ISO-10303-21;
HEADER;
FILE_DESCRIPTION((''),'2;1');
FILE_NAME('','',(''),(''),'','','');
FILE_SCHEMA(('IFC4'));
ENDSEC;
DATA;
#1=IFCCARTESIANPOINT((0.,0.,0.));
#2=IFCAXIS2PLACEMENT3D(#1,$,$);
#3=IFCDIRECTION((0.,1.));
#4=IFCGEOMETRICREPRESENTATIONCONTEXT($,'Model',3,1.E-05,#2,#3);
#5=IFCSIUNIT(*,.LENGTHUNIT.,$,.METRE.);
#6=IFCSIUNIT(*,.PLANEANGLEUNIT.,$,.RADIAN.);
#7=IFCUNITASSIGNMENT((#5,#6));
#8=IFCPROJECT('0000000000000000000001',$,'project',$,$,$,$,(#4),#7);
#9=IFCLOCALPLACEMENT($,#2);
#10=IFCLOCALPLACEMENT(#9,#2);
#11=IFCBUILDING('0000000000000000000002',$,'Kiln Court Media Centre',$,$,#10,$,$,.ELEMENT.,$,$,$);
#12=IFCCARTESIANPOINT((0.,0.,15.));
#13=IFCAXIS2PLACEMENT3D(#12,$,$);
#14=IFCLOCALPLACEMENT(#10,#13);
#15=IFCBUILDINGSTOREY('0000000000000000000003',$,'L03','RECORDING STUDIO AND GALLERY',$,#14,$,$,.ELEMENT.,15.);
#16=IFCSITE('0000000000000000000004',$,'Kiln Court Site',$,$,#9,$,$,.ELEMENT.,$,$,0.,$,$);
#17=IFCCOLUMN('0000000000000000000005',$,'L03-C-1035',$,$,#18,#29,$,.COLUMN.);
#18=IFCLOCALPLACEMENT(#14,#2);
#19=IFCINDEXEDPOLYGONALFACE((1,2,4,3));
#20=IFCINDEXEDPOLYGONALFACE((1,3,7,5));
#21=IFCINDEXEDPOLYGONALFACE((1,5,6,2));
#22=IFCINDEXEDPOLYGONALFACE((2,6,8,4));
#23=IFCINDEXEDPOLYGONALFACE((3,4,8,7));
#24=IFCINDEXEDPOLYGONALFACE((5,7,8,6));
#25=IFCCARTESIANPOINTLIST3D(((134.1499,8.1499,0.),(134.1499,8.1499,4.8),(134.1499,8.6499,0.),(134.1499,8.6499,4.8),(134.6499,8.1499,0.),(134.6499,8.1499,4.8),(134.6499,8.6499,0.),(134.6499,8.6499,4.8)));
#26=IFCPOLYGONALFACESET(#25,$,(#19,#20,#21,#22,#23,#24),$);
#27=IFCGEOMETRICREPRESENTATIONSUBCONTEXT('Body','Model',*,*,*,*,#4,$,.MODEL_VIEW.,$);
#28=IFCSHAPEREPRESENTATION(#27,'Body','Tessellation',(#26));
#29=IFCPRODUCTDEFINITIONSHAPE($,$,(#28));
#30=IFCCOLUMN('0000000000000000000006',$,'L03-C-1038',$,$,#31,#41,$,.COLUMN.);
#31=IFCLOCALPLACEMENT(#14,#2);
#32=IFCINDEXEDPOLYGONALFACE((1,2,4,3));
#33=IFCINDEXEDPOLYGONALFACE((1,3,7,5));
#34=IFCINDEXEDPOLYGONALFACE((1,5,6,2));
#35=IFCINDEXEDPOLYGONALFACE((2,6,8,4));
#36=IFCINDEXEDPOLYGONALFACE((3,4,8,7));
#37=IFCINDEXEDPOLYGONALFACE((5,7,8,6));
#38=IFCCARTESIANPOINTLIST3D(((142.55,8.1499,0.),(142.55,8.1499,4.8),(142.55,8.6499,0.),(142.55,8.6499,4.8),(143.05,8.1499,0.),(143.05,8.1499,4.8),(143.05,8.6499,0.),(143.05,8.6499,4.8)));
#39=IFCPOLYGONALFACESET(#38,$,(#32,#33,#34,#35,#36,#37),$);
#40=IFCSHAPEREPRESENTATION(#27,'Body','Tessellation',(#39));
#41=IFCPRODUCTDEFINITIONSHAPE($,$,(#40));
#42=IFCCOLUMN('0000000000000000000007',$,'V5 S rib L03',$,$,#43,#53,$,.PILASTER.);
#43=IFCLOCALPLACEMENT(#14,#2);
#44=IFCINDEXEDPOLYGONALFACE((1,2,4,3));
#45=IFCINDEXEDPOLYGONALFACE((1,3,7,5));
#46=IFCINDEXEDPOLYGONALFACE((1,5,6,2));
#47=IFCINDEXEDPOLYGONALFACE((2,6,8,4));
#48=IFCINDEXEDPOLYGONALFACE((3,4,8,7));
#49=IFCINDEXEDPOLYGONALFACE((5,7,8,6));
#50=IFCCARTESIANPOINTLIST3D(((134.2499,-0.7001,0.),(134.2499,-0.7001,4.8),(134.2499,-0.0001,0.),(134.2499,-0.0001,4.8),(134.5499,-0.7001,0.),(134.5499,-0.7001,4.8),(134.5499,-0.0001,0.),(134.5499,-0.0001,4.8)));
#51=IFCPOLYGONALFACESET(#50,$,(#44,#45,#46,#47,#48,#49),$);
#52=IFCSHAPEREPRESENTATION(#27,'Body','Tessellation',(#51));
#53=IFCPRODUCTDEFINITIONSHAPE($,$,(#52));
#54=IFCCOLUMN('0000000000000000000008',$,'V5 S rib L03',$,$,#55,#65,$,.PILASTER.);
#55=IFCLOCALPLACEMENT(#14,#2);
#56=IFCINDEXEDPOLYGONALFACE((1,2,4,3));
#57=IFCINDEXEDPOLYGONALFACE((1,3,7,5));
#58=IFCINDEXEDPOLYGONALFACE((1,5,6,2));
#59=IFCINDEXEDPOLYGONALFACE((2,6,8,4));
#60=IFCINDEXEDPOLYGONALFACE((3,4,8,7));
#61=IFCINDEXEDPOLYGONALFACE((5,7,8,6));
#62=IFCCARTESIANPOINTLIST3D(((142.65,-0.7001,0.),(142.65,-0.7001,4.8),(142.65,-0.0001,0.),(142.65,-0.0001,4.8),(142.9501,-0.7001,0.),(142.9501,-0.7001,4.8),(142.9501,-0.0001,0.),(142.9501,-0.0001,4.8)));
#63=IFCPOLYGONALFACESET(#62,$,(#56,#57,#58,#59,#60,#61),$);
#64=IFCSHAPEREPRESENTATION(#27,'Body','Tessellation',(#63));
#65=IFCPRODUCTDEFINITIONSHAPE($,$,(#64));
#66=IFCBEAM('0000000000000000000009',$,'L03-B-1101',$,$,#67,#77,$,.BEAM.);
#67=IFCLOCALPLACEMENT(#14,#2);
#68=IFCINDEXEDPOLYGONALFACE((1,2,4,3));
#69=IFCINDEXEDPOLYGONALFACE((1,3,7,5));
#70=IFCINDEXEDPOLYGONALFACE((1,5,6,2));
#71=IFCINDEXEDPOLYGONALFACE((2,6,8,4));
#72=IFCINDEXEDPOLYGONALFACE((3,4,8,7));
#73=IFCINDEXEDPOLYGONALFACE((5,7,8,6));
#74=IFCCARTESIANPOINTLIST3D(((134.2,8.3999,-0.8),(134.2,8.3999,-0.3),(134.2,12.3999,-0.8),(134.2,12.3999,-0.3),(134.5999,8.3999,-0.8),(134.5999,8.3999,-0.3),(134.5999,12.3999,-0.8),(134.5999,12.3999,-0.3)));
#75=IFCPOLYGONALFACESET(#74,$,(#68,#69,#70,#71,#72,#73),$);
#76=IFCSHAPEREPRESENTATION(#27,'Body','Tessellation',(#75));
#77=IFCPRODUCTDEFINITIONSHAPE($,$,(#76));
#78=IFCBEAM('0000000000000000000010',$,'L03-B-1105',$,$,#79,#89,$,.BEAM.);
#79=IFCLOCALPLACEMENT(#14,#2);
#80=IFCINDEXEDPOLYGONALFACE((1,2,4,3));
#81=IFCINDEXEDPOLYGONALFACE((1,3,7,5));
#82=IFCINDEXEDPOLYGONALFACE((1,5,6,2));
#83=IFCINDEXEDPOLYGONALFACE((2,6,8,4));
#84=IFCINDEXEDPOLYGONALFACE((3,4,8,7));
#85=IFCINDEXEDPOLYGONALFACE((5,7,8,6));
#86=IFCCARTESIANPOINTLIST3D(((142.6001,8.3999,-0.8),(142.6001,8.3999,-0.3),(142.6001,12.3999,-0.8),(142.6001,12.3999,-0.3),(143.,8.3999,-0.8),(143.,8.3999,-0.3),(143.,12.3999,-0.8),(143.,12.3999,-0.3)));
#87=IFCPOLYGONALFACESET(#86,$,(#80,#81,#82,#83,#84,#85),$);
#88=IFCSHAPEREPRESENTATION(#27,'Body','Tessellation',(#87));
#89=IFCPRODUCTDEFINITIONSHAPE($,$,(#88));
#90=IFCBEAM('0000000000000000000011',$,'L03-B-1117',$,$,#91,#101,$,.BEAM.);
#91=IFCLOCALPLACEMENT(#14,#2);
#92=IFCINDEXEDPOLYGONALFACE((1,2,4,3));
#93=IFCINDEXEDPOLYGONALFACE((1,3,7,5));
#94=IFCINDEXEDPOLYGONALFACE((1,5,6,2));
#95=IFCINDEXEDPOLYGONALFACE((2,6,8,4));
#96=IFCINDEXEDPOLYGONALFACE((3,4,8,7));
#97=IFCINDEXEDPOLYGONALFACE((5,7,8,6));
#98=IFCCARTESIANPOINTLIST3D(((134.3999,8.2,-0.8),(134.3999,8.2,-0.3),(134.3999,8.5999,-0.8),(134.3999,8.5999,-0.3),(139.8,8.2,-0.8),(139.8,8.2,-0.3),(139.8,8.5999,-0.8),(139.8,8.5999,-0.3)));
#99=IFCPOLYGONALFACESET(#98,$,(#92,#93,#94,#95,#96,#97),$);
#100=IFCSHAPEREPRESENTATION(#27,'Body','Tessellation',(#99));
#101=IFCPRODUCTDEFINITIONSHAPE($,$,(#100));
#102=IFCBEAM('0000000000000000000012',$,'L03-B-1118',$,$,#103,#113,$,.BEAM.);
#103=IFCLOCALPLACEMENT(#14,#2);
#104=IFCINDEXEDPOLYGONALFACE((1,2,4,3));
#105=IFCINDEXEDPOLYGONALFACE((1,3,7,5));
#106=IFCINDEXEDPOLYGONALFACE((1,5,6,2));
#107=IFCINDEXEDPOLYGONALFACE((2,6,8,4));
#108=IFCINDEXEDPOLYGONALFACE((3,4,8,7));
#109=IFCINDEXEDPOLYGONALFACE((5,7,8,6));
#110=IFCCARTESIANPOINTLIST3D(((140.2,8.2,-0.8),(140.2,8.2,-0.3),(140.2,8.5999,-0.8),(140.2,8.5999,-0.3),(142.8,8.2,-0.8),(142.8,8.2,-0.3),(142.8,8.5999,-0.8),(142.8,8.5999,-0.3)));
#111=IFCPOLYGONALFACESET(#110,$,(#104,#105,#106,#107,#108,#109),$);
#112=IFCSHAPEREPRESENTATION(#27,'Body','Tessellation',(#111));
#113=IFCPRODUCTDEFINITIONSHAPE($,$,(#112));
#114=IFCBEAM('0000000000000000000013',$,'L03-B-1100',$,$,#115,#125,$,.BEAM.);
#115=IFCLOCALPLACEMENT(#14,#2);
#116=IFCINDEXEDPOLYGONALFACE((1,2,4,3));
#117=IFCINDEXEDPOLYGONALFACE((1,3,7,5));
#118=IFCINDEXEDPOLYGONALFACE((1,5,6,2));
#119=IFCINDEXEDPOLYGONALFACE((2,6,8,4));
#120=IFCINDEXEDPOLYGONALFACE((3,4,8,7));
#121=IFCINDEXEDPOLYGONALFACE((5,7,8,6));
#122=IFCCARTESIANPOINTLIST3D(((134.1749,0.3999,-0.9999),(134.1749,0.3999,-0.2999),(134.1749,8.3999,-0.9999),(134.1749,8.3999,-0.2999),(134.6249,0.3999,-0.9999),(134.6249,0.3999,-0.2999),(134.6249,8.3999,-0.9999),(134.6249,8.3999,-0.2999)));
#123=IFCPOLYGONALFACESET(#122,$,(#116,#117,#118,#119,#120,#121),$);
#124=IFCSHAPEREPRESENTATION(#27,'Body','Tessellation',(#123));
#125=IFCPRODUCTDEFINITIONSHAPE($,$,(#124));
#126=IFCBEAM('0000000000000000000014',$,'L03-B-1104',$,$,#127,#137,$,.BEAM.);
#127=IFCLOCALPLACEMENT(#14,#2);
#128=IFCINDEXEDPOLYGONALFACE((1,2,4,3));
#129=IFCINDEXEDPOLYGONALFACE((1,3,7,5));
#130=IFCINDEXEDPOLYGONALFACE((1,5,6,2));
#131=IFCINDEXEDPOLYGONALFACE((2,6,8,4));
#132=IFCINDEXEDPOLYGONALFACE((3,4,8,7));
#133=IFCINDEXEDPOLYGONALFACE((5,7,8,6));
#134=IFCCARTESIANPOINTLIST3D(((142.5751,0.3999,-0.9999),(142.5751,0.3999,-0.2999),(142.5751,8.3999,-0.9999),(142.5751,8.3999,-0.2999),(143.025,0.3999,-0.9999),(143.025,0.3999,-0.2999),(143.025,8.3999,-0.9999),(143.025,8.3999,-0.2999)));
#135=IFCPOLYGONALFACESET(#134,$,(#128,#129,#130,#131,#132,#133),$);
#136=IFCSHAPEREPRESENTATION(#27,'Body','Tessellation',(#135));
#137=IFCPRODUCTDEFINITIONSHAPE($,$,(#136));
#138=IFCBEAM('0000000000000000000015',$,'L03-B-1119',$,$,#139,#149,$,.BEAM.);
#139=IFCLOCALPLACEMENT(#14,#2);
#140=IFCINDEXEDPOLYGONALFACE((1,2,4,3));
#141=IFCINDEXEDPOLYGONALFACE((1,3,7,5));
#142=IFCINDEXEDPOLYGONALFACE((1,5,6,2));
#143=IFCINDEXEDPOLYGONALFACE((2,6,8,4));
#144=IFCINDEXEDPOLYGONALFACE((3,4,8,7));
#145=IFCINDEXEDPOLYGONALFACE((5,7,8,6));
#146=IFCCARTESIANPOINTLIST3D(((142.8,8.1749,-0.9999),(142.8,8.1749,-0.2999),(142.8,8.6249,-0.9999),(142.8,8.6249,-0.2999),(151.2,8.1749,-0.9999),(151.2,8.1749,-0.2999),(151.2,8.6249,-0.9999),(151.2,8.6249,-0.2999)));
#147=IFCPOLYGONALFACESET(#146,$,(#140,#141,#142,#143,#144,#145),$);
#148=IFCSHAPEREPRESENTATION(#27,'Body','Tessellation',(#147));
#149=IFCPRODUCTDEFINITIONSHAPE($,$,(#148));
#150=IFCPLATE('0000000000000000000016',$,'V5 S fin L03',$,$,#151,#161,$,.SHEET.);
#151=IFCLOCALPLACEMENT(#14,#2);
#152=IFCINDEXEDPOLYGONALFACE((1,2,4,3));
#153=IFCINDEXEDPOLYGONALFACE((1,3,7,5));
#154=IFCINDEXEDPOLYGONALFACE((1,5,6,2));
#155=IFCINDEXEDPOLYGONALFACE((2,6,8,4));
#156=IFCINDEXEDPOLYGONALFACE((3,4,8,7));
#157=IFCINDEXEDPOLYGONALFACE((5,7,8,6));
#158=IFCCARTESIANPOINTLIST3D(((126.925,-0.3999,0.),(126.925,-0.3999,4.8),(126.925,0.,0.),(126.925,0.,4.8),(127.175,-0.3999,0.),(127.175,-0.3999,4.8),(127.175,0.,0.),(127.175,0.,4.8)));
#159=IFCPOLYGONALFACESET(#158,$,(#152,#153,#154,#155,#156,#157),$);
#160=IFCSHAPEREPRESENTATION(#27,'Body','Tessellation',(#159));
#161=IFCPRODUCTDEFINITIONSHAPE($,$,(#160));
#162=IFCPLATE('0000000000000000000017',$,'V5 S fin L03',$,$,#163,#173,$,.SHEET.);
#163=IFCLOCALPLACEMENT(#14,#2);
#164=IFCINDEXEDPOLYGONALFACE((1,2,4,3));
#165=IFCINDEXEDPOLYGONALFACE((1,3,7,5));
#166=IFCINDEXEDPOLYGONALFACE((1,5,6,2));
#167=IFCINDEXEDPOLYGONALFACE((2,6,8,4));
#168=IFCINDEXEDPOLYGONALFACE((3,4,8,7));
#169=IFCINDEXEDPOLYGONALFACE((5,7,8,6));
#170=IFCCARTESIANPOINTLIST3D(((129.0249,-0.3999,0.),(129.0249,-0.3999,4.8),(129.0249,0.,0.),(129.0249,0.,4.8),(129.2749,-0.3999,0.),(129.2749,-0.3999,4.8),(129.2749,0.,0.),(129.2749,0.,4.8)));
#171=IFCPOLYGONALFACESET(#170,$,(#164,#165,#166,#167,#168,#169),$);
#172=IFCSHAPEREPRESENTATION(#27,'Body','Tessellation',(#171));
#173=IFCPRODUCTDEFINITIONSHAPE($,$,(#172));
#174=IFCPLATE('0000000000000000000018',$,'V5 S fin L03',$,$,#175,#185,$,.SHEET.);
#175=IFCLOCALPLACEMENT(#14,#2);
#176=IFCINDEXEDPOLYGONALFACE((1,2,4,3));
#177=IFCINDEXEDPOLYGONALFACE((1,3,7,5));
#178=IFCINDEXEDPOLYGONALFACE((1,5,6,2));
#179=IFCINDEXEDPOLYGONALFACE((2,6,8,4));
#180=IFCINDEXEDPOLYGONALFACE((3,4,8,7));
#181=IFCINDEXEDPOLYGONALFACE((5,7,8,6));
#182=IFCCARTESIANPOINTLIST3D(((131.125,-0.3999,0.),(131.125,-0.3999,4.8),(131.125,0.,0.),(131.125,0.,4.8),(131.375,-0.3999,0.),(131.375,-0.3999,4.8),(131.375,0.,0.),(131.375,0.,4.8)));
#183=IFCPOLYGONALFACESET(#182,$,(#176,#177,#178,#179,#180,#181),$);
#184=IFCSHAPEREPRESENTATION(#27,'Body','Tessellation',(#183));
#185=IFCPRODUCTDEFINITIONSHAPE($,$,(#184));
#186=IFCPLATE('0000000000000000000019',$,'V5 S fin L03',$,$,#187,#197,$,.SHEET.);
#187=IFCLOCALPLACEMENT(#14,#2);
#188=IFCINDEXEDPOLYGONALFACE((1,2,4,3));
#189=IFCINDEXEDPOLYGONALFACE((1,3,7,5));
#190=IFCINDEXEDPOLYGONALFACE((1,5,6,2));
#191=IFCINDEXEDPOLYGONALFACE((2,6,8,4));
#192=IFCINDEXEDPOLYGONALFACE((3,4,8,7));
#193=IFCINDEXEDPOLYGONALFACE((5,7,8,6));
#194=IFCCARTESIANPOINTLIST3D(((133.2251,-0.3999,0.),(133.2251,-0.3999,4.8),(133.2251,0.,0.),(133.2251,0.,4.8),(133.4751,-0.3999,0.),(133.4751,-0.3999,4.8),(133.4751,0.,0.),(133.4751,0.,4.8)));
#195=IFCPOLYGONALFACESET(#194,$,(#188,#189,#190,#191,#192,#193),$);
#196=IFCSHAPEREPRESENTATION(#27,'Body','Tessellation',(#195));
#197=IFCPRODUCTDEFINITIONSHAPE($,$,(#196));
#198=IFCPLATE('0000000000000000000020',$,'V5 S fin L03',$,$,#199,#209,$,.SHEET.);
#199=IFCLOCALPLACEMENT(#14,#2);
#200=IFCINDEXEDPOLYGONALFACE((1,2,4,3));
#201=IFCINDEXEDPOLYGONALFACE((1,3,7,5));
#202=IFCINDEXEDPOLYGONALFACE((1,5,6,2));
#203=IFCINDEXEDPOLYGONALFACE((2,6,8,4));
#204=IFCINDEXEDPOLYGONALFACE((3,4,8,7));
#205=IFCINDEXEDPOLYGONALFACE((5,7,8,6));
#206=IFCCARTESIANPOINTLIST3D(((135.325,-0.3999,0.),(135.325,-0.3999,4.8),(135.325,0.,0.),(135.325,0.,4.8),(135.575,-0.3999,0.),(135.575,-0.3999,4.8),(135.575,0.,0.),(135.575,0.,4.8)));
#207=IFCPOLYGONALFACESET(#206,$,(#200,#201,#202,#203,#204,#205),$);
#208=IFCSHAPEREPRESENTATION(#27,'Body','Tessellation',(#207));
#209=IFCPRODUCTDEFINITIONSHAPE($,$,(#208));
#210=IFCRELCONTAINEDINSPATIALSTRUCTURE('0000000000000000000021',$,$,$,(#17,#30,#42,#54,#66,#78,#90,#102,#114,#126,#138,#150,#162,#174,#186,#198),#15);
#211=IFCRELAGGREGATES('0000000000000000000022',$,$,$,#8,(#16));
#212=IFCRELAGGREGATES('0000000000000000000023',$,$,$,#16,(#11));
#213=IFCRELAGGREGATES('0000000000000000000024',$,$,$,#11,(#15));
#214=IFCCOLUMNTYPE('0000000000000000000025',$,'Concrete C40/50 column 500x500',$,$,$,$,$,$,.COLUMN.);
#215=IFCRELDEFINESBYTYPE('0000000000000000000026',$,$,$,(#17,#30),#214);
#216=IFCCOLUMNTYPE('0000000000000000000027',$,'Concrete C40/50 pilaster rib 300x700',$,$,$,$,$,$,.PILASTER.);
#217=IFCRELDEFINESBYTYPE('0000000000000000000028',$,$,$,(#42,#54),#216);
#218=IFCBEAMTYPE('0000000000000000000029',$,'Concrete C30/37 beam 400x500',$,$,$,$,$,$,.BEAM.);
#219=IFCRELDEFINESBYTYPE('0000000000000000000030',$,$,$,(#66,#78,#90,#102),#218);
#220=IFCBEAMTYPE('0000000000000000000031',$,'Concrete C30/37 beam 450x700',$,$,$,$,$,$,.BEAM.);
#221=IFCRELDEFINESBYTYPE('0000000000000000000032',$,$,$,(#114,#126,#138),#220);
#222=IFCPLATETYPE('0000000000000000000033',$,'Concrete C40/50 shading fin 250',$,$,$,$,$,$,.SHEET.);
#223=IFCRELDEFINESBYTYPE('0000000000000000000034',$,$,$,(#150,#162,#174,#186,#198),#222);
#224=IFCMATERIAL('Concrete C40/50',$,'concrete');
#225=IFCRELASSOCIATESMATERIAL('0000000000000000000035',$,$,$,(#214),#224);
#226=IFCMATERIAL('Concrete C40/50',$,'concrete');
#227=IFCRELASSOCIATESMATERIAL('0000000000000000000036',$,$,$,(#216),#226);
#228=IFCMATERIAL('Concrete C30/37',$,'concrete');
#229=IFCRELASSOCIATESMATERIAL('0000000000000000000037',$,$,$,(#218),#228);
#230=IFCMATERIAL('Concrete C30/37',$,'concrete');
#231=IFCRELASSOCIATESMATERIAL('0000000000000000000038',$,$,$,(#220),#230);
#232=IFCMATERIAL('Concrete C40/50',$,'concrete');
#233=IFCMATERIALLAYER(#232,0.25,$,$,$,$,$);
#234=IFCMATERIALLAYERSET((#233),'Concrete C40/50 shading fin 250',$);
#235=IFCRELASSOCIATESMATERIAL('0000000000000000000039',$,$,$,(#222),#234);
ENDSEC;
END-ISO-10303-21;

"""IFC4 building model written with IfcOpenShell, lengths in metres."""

from ifc_helpers import new_model, si_unit, direction, frame, origin, origin_2d, place, context, subcontext, project, spatial, rectangle, extrude, material, layer, layer_set, material_profile, profile_set, type_object, element, save


model = new_model("IFC4")

# Units and contexts
model_context = context("Model", 3, precision=1e-05, world=origin(), true_north=direction((0.0, 1.0)))
body_context = subcontext(model_context, "Body", "Model", "MODEL_VIEW")
ifc_project = project(units=[si_unit("LENGTHUNIT", "METRE"), si_unit("PLANEANGLEUNIT", "RADIAN")], contexts=[model_context])

# Site, building, storey
site_placement = place(None, origin())
site = spatial("IfcSite", under=ifc_project, at=site_placement, Name="Kiln Court Site", CompositionType="ELEMENT", RefElevation=0.0)
building_placement = place(site_placement, origin())
building = spatial("IfcBuilding", under=site, at=building_placement, Name="Kiln Court Media Centre", CompositionType="ELEMENT")
storey_placement = place(building_placement, frame((0.0, 0.0, 15.0)))
storey = spatial("IfcBuildingStorey", under=building, at=storey_placement, Name="L03", Description="RECORDING STUDIO AND GALLERY", CompositionType="ELEMENT", Elevation=15.0)

# Columns
ifc_material_1 = material(Name="Concrete C40/50", Category="concrete")
ifc_material_profile_1 = material_profile(ifc_material_1, rectangle(XDim=0.5, YDim=0.5, at=origin_2d()), Name="RC 500x500")
ifc_profile_set_1 = profile_set([ifc_material_profile_1], Name="Concrete C40/50")
column_type_1 = type_object("IfcColumnType", Name="Concrete C40/50 column 500x500", PredefinedType="COLUMN", material=ifc_profile_set_1)
for number, where, z_axis, x_axis, name in (
    (1, (134.3999, 8.3999, 0.0), (0.0, 0.0, 1.0), (1.0, 0.0, 0.0), "L03-C-1035"),
    (2, (142.8, 8.3999, 0.0), (0.0, 0.0, 1.0), (1.0, 0.0, 0.0), "L03-C-1038"),
):
    element("IfcColumn", number, at=place(storey_placement, frame(where, z_axis=z_axis, x_axis=x_axis)), inside=storey, type_object=column_type_1, Name=name, PredefinedType="COLUMN", context=body_context, shape_type="SweptSolid", body=[
        extrude(rectangle(XDim=0.5, YDim=0.5, at=origin_2d()), origin(), (0.0, 0.0, 1.0), 4.8),
    ])
ifc_material_2 = material(Name="Concrete C40/50", Category="concrete")
ifc_material_profile_2 = material_profile(ifc_material_2, rectangle(XDim=0.3, YDim=0.7, at=origin_2d()), Name="RC 300x700")
ifc_profile_set_2 = profile_set([ifc_material_profile_2], Name="Concrete C40/50")
column_type_2 = type_object("IfcColumnType", Name="Concrete C40/50 pilaster rib 300x700", PredefinedType="PILASTER", material=ifc_profile_set_2)
for number, where, z_axis, x_axis, name in (
    (3, (134.3999, -0.3501, 0.0), (0.0, 0.0, 1.0), (1.0, 0.0, 0.0), "V5 S rib L03"),
    (4, (142.8, -0.3501, 0.0), (0.0, 0.0, 1.0), (1.0, 0.0, 0.0), "V5 S rib L03"),
):
    element("IfcColumn", number, at=place(storey_placement, frame(where, z_axis=z_axis, x_axis=x_axis)), inside=storey, type_object=column_type_2, Name=name, PredefinedType="PILASTER", context=body_context, shape_type="SweptSolid", body=[
        extrude(rectangle(XDim=0.3, YDim=0.7, at=origin_2d()), origin(), (0.0, 0.0, 1.0), 4.8),
    ])

# Beams
ifc_material_3 = material(Name="Concrete C30/37", Category="concrete")
ifc_material_profile_3 = material_profile(ifc_material_3, rectangle(XDim=0.3999, YDim=0.5, at=origin_2d()), Name="RC 400x500")
ifc_profile_set_3 = profile_set([ifc_material_profile_3], Name="Concrete C30/37")
beam_type_1 = type_object("IfcBeamType", Name="Concrete C30/37 beam 400x500", PredefinedType="BEAM", material=ifc_profile_set_3)
for number, where, z_axis, x_axis, name in (
    (5, (134.3999, 8.3999, -0.55), (0.0, 1.0, 0.0), (-1.0, 0.0, 0.0), "L03-B-1101"),
    (6, (142.8, 8.3999, -0.55), (0.0, 1.0, 0.0), (-1.0, 0.0, 0.0), "L03-B-1105"),
):
    element("IfcBeam", number, at=place(storey_placement, frame(where, z_axis=z_axis, x_axis=x_axis)), inside=storey, type_object=beam_type_1, Name=name, PredefinedType="BEAM", context=body_context, shape_type="SweptSolid", body=[
        extrude(rectangle(XDim=0.3999, YDim=0.5, at=origin_2d()), origin(), (0.0, 0.0, 1.0), 4.0),
    ])
beam_1_placement = place(storey_placement, frame((134.3999, 8.3999, -0.55), z_axis=(1.0, 0.0, 0.0), x_axis=(0.0, 1.0, 0.0)))
element("IfcBeam", 7, at=beam_1_placement, inside=storey, type_object=beam_type_1, Name="L03-B-1117", PredefinedType="BEAM", context=body_context, shape_type="SweptSolid", body=[
    extrude(rectangle(XDim=0.3999, YDim=0.5, at=origin_2d()), origin(), (0.0, 0.0, 1.0), 5.4001),
])
beam_2_placement = place(storey_placement, frame((140.2, 8.3999, -0.55), z_axis=(1.0, 0.0, 0.0), x_axis=(0.0, 1.0, 0.0)))
element("IfcBeam", 8, at=beam_2_placement, inside=storey, type_object=beam_type_1, Name="L03-B-1118", PredefinedType="BEAM", context=body_context, shape_type="SweptSolid", body=[
    extrude(rectangle(XDim=0.3999, YDim=0.5, at=origin_2d()), origin(), (0.0, 0.0, 1.0), 2.6001),
])
ifc_material_4 = material(Name="Concrete C30/37", Category="concrete")
ifc_material_profile_4 = material_profile(ifc_material_4, rectangle(XDim=0.45, YDim=0.7, at=origin_2d()), Name="RC 450x700")
ifc_profile_set_4 = profile_set([ifc_material_profile_4], Name="Concrete C30/37")
beam_type_2 = type_object("IfcBeamType", Name="Concrete C30/37 beam 450x700", PredefinedType="BEAM", material=ifc_profile_set_4)
for number, where, z_axis, x_axis, name in (
    (9, (134.3999, 0.3999, -0.6499), (0.0, 1.0, 0.0), (-1.0, 0.0, 0.0), "L03-B-1100"),
    (10, (142.8, 0.3999, -0.6499), (0.0, 1.0, 0.0), (-1.0, 0.0, 0.0), "L03-B-1104"),
):
    element("IfcBeam", number, at=place(storey_placement, frame(where, z_axis=z_axis, x_axis=x_axis)), inside=storey, type_object=beam_type_2, Name=name, PredefinedType="BEAM", context=body_context, shape_type="SweptSolid", body=[
        extrude(rectangle(XDim=0.45, YDim=0.7, at=origin_2d()), origin(), (0.0, 0.0, 1.0), 8.0),
    ])
beam_3_placement = place(storey_placement, frame((142.8, 8.3999, -0.6499), z_axis=(1.0, 0.0, 0.0), x_axis=(0.0, 1.0, 0.0)))
element("IfcBeam", 11, at=beam_3_placement, inside=storey, type_object=beam_type_2, Name="L03-B-1119", PredefinedType="BEAM", context=body_context, shape_type="SweptSolid", body=[
    extrude(rectangle(XDim=0.45, YDim=0.7, at=origin_2d()), origin(), (0.0, 0.0, 1.0), 8.3999),
])

# Plates
ifc_material_5 = material(Name="Concrete C40/50", Category="concrete")
ifc_layer_1 = layer(ifc_material_5, 0.25)
ifc_layer_set_1 = layer_set([ifc_layer_1], Name="Concrete C40/50 shading fin 250")
plate_type = type_object("IfcPlateType", Name="Concrete C40/50 shading fin 250", PredefinedType="SHEET", material=ifc_layer_set_1)
for number, where, z_axis, x_axis, name in (
    (12, (127.05, -0.2, 0.0), (0.0, 0.0, 1.0), (1.0, 0.0, 0.0), "V5 S fin L03"),
    (13, (129.1499, -0.2, 0.0), (0.0, 0.0, 1.0), (1.0, 0.0, 0.0), "V5 S fin L03"),
    (14, (131.25, -0.2, 0.0), (0.0, 0.0, 1.0), (1.0, 0.0, 0.0), "V5 S fin L03"),
    (15, (133.3501, -0.2, 0.0), (0.0, 0.0, 1.0), (1.0, 0.0, 0.0), "V5 S fin L03"),
    (16, (135.45, -0.2, 0.0), (0.0, 0.0, 1.0), (1.0, 0.0, 0.0), "V5 S fin L03"),
):
    element("IfcPlate", number, at=place(storey_placement, frame(where, z_axis=z_axis, x_axis=x_axis)), inside=storey, type_object=plate_type, Name=name, PredefinedType="SHEET", context=body_context, shape_type="SweptSolid", body=[
        extrude(rectangle(XDim=0.25, YDim=0.3999, at=origin_2d()), origin(), (0.0, 0.0, 1.0), 4.8),
    ])

save(model, "model.ifc")
